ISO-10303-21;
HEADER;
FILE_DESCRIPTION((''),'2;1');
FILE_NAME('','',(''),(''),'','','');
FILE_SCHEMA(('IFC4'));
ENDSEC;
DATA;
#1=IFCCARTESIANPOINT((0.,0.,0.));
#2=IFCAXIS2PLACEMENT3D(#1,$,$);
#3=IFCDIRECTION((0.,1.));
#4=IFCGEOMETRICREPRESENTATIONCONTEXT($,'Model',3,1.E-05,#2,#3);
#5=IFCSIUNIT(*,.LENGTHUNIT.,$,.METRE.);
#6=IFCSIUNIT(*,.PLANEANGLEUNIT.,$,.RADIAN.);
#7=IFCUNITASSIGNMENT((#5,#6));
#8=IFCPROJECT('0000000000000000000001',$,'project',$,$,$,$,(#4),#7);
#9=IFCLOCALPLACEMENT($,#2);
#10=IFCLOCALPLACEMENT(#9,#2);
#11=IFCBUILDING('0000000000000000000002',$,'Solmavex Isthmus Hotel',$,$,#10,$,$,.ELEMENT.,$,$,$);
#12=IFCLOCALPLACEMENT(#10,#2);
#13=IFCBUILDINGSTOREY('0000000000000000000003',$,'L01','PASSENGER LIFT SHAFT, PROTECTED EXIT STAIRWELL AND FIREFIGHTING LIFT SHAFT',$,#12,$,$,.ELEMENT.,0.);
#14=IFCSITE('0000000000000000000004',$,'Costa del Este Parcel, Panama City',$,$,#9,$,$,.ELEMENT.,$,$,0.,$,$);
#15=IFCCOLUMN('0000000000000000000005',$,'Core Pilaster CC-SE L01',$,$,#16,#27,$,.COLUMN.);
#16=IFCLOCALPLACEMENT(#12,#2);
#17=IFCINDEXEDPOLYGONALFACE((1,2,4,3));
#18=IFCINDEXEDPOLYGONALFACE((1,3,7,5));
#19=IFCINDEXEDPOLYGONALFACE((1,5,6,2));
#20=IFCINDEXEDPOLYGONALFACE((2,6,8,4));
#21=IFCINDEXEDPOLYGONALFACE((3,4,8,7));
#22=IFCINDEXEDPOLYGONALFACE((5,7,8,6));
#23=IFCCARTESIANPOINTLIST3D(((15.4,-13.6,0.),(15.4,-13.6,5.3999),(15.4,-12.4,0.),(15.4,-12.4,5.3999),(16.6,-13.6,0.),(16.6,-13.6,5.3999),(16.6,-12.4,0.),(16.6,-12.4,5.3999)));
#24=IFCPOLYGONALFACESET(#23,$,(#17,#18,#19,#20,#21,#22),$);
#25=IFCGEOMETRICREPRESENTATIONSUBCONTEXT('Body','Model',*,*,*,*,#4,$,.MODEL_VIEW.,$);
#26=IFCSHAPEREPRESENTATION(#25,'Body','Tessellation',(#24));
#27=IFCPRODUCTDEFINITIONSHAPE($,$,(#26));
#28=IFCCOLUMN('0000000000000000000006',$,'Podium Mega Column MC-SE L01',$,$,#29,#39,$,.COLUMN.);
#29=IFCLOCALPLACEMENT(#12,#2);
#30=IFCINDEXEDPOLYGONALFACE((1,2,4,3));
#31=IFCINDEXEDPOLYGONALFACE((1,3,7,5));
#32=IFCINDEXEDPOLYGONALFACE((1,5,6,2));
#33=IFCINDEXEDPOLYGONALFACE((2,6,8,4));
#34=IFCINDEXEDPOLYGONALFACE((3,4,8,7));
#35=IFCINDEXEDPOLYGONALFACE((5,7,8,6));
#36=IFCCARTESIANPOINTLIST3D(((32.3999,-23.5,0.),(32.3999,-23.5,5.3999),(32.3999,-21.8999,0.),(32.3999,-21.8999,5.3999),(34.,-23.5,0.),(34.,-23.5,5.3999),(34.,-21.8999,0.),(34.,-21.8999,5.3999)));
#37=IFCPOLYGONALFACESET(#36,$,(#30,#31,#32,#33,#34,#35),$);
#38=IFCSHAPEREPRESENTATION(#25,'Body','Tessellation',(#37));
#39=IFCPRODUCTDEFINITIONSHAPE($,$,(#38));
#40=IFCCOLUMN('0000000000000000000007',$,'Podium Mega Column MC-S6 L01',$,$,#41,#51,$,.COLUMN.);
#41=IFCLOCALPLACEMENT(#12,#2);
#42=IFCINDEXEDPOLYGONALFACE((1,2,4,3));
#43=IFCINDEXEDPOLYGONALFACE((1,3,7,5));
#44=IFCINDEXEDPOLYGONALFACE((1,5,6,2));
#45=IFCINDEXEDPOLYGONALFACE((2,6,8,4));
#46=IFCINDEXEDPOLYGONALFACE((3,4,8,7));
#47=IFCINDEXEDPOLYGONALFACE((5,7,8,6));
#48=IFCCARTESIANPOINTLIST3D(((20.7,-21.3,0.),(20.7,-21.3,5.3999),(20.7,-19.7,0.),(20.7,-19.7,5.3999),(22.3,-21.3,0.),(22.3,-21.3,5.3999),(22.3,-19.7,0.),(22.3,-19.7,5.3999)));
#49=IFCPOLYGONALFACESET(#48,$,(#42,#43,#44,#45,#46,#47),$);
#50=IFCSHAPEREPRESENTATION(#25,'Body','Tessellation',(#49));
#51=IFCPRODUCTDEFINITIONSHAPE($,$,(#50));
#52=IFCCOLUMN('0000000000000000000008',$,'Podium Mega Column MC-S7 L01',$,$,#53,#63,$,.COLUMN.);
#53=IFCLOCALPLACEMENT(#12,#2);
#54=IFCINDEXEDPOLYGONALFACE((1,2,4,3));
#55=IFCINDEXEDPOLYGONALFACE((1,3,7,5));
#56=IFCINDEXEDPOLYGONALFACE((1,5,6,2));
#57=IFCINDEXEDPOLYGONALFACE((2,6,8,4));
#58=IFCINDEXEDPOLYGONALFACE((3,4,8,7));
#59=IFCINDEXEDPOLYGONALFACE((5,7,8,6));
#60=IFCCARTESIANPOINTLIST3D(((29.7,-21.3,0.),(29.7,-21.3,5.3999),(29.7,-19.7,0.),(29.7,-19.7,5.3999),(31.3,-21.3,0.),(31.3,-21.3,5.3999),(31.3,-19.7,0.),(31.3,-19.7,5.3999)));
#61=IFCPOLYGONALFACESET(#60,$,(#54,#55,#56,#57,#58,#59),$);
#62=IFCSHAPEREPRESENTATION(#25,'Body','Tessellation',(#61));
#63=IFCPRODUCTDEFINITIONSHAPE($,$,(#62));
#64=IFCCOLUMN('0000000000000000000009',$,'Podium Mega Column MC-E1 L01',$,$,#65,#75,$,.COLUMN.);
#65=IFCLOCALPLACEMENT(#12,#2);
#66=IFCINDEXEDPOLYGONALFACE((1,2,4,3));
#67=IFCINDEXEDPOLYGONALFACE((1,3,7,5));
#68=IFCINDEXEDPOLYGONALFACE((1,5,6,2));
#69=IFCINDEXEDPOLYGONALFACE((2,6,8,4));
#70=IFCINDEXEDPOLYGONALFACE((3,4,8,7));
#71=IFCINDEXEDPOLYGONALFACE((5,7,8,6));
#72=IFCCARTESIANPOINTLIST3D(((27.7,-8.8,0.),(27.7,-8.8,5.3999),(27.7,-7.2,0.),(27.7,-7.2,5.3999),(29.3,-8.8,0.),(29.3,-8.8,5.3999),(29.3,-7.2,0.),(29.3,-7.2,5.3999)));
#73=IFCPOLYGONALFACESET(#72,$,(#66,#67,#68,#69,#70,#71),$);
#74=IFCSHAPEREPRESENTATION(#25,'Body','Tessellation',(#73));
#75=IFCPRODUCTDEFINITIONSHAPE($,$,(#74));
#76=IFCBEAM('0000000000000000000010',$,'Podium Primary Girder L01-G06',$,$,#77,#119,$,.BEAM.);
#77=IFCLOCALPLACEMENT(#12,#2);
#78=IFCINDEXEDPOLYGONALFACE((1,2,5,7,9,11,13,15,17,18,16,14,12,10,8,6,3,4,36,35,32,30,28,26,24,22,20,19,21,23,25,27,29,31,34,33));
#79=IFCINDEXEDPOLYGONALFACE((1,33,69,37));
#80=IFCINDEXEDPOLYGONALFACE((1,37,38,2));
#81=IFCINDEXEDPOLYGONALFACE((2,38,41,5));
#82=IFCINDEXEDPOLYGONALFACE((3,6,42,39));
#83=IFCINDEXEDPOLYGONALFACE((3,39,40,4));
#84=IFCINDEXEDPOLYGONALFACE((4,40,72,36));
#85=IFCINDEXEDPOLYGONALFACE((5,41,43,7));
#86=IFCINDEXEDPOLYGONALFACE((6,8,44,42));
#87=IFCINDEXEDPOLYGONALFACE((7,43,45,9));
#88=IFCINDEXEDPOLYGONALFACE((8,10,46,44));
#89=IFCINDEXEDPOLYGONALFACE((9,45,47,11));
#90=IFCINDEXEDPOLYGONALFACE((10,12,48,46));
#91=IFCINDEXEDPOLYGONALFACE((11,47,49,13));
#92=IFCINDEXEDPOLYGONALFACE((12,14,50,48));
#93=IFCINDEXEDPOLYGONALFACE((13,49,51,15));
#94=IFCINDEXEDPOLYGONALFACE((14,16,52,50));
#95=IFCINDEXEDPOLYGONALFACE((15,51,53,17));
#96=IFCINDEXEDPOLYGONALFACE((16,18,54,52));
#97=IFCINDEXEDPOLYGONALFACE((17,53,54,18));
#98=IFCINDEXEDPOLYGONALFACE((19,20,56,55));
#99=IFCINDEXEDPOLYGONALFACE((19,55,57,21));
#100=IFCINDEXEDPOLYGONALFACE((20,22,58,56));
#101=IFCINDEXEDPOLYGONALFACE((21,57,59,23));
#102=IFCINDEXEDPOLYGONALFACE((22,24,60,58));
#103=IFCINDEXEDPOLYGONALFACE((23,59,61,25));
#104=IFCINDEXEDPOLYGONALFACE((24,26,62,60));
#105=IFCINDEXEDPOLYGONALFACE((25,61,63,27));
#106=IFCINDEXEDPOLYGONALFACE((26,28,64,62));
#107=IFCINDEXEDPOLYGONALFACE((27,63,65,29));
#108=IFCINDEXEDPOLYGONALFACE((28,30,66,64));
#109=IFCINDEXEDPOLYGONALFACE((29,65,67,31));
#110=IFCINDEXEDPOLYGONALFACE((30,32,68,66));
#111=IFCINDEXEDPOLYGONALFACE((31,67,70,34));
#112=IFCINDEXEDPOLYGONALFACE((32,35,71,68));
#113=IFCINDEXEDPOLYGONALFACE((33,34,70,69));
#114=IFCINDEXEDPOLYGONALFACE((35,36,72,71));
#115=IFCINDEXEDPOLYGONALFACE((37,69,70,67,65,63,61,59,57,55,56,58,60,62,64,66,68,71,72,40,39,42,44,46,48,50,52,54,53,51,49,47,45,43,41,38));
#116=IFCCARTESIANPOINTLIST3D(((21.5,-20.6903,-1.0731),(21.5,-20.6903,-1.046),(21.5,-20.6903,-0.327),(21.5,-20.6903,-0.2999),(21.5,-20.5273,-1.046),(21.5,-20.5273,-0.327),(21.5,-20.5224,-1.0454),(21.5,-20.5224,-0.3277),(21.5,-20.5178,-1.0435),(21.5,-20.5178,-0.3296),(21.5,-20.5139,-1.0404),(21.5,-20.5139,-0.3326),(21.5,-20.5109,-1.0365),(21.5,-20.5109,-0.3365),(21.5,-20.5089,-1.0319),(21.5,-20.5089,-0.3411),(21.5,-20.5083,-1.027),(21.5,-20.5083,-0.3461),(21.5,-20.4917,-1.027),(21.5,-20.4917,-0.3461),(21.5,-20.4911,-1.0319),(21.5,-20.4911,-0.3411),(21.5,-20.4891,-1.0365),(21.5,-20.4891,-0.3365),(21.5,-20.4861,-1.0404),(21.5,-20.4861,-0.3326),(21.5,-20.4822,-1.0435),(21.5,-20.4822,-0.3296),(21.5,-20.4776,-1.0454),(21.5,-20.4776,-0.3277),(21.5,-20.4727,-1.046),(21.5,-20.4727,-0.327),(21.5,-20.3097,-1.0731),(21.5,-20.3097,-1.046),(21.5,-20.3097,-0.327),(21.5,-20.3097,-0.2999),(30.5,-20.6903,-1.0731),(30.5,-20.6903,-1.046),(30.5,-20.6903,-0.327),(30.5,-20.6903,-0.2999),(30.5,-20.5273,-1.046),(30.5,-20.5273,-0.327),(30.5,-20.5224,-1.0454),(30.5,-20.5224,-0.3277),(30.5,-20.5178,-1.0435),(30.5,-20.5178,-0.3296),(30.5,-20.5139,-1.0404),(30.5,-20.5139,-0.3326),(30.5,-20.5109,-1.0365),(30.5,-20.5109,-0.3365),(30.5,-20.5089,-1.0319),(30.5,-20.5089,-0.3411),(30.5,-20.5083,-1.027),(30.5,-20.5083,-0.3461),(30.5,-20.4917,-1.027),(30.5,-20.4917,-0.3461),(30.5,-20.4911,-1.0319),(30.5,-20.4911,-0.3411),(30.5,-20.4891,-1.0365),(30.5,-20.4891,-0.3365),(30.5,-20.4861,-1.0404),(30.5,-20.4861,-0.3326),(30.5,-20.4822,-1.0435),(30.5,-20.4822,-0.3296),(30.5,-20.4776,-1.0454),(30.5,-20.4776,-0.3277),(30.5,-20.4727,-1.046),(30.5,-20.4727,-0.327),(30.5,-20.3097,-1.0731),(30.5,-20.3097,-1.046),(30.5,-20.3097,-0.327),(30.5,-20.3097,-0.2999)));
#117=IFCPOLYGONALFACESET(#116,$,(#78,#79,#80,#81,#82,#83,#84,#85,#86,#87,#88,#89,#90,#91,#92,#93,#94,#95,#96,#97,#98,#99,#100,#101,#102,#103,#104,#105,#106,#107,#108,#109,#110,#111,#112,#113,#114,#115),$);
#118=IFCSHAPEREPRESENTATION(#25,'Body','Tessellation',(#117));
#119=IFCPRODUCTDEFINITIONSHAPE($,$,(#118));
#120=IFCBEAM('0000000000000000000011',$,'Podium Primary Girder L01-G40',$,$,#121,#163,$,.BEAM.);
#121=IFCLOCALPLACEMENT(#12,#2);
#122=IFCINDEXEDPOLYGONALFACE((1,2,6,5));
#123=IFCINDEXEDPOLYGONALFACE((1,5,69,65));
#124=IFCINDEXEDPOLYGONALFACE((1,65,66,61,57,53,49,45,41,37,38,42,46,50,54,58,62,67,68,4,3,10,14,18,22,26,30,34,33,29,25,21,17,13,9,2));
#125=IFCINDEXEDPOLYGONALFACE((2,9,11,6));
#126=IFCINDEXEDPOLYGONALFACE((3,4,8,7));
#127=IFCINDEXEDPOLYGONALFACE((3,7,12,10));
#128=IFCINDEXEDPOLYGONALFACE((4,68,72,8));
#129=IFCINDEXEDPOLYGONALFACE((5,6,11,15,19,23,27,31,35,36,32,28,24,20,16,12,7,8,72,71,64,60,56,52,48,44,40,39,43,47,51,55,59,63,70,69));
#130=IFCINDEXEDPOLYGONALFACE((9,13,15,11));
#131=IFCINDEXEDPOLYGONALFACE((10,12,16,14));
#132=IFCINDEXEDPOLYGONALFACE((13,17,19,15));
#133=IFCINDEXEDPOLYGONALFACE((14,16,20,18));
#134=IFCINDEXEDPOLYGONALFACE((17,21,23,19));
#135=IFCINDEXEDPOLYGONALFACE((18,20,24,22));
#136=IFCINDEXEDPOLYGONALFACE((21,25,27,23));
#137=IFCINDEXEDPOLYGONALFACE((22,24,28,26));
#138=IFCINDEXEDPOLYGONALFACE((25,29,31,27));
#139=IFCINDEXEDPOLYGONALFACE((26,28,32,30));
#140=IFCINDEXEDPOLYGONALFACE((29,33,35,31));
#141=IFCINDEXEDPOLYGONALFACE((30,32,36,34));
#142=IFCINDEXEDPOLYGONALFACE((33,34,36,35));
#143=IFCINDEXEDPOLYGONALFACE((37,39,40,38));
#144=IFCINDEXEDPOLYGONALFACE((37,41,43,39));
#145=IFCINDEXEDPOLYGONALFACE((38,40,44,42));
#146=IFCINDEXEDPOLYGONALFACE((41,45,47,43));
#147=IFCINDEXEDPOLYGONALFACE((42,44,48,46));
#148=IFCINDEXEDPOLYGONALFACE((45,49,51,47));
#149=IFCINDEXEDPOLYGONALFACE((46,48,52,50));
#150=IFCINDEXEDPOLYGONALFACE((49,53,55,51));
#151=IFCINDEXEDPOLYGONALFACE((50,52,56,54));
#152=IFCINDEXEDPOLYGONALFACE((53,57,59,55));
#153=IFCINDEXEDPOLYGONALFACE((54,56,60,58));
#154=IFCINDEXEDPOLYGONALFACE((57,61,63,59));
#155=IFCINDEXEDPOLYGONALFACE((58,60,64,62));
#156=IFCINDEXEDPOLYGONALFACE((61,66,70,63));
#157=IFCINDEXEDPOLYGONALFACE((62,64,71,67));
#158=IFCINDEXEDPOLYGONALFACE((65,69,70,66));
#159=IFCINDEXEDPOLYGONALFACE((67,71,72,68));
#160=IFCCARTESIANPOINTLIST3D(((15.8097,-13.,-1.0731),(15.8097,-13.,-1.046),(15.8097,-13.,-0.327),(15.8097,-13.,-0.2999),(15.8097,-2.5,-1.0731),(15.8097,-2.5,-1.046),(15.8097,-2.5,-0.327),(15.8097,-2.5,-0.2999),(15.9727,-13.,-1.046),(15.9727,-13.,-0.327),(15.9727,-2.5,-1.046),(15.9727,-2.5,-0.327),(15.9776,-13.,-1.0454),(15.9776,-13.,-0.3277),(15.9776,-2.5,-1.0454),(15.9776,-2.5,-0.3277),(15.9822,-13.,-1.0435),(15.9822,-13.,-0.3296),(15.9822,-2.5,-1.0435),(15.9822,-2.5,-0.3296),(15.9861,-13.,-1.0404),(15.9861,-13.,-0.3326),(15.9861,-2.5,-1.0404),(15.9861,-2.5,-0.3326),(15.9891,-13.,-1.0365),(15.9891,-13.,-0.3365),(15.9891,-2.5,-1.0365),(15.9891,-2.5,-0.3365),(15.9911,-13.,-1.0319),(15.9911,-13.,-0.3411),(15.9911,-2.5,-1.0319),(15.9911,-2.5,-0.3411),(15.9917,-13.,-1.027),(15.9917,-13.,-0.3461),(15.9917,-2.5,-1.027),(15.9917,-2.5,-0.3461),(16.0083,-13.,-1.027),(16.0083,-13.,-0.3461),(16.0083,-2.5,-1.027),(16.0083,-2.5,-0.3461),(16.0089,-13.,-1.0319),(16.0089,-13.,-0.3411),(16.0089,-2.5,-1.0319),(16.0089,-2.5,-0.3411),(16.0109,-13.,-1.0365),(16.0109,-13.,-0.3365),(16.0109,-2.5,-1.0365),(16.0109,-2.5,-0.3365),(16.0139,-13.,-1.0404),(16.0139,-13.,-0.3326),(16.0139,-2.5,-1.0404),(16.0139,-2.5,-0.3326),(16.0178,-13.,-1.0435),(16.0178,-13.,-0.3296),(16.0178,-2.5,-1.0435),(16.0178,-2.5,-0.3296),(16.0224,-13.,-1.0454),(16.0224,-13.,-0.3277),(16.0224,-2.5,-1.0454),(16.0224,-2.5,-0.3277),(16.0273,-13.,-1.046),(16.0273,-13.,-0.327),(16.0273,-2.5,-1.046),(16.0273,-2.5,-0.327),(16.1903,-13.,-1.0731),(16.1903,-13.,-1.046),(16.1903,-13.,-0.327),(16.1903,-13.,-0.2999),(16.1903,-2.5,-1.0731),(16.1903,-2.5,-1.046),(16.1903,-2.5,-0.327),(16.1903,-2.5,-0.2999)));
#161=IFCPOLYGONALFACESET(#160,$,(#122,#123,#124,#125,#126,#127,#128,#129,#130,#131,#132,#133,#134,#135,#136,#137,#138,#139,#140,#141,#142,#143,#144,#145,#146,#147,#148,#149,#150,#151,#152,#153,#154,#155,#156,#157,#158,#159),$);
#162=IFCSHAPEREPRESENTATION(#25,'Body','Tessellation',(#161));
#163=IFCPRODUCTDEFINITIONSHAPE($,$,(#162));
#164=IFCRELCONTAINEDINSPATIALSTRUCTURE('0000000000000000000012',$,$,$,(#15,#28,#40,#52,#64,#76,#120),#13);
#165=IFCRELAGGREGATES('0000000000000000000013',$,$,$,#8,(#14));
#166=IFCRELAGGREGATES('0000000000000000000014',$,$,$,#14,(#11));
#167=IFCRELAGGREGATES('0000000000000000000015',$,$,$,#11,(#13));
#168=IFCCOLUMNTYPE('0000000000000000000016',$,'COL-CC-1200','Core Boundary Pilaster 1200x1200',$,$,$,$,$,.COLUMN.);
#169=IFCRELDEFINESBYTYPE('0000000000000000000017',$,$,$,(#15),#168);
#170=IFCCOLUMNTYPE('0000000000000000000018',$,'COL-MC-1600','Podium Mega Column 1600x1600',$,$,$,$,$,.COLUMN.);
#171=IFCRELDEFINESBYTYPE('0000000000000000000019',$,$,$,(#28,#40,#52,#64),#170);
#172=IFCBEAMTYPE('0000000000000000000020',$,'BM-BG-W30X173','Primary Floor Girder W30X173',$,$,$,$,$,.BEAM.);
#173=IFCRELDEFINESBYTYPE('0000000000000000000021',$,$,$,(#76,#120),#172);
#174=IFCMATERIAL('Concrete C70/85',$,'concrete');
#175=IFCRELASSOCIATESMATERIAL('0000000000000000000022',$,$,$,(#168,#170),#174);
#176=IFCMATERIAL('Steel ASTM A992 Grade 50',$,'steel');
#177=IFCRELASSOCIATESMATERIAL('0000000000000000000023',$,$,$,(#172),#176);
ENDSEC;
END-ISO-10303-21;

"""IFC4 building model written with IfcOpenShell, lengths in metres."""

from ifc_helpers import new_model, si_unit, direction, frame, origin, origin_2d, place, context, subcontext, project, spatial, rectangle, i_section, extrude, material, material_profile, profile_set, type_object, element, save


model = new_model("IFC4")

# Units and contexts
model_context = context("Model", 3, precision=1e-05, world=origin(), true_north=direction((0.0, 1.0)))
body_context = subcontext(model_context, "Body", "Model", "MODEL_VIEW")
ifc_project = project(units=[si_unit("LENGTHUNIT", "METRE"), si_unit("PLANEANGLEUNIT", "RADIAN")], contexts=[model_context])

# Site, building, storey
site_placement = place(None, origin())
site = spatial("IfcSite", under=ifc_project, at=site_placement, Name="Costa del Este Parcel, Panama City", CompositionType="ELEMENT", RefElevation=0.0)
building_placement = place(site_placement, origin())
building = spatial("IfcBuilding", under=site, at=building_placement, Name="Solmavex Isthmus Hotel", CompositionType="ELEMENT")
storey_placement = place(building_placement, origin())
storey = spatial("IfcBuildingStorey", under=building, at=storey_placement, Name="L01", Description="PASSENGER LIFT SHAFT, PROTECTED EXIT STAIRWELL AND FIREFIGHTING LIFT SHAFT", CompositionType="ELEMENT", Elevation=0.0)

# Columns
ifc_material_1 = material(Name="Concrete C70/85", Category="concrete")
ifc_material_profile_1 = material_profile(ifc_material_1, rectangle(XDim=1.2, YDim=1.2, at=origin_2d()), Name="RC1200X1200")
ifc_profile_set_1 = profile_set([ifc_material_profile_1], Name="Concrete C70/85")
column_type_1 = type_object("IfcColumnType", Name="COL-CC-1200", Description="Core Boundary Pilaster 1200x1200", PredefinedType="COLUMN", material=ifc_profile_set_1)
column_placement = place(storey_placement, frame((16.0, -13.0, 0.0), z_axis=(0.0, 0.0, 1.0), x_axis=(1.0, 0.0, 0.0)))
element("IfcColumn", 1, at=column_placement, inside=storey, type_object=column_type_1, Name="Core Pilaster CC-SE L01", PredefinedType="COLUMN", context=body_context, shape_type="SweptSolid", body=[
    extrude(rectangle(XDim=1.2, YDim=1.2, at=origin_2d()), origin(), (0.0, 0.0, 1.0), 5.3999),
])
ifc_material_profile_2 = material_profile(ifc_material_1, rectangle(XDim=1.6001, YDim=1.6001, at=origin_2d()), Name="RC1600X1600")
ifc_profile_set_2 = profile_set([ifc_material_profile_2], Name="Concrete C70/85")
column_type_2 = type_object("IfcColumnType", Name="COL-MC-1600", Description="Podium Mega Column 1600x1600", PredefinedType="COLUMN", material=ifc_profile_set_2)
for number, where, z_axis, x_axis, name in (
    (2, (33.2, -22.7, 0.0), (0.0, 0.0, 1.0), (1.0, 0.0, 0.0), "Podium Mega Column MC-SE L01"),
    (3, (21.5, -20.5, 0.0), (0.0, 0.0, 1.0), (1.0, 0.0, 0.0), "Podium Mega Column MC-S6 L01"),
    (4, (30.5, -20.5, 0.0), (0.0, 0.0, 1.0), (1.0, 0.0, 0.0), "Podium Mega Column MC-S7 L01"),
    (5, (28.5, -8.0, 0.0), (0.0, 0.0, 1.0), (1.0, 0.0, 0.0), "Podium Mega Column MC-E1 L01"),
):
    element("IfcColumn", number, at=place(storey_placement, frame(where, z_axis=z_axis, x_axis=x_axis)), inside=storey, type_object=column_type_2, Name=name, PredefinedType="COLUMN", context=body_context, shape_type="SweptSolid", body=[
        extrude(rectangle(XDim=1.6001, YDim=1.6001, at=origin_2d()), origin(), (0.0, 0.0, 1.0), 5.3999),
    ])

# Beams
ifc_material_2 = material(Name="Steel ASTM A992 Grade 50", Category="steel")
ifc_material_profile_3 = material_profile(ifc_material_2, i_section(OverallWidth=0.3806, OverallDepth=0.7732, WebThickness=0.0166, FlangeThickness=0.0271, FilletRadius=0.019, at=origin_2d()), Name="W30X173")
ifc_profile_set_3 = profile_set([ifc_material_profile_3], Name="Steel ASTM A992 Grade 50")
beam_type_1 = type_object("IfcBeamType", Name="BM-BG-W30X173", Description="Primary Floor Girder W30X173", PredefinedType="BEAM", material=ifc_profile_set_3)
beam_1_placement = place(storey_placement, frame((21.5, -20.5, -0.6865), z_axis=(1.0, 0.0, 0.0), x_axis=(0.0, 1.0, 0.0)))
element("IfcBeam", 6, at=beam_1_placement, inside=storey, type_object=beam_type_1, Name="Podium Primary Girder L01-G06", PredefinedType="BEAM", context=body_context, shape_type="SweptSolid", body=[
    extrude(i_section(OverallWidth=0.3806, OverallDepth=0.7732, WebThickness=0.0166, FlangeThickness=0.0271, FilletRadius=0.019, at=origin_2d()), origin(), (0.0, 0.0, 1.0), 9.0),
])
beam_2_placement = place(storey_placement, frame((16.0, -13.0, -0.6865), z_axis=(0.0, 1.0, 0.0), x_axis=(-1.0, 0.0, 0.0)))
element("IfcBeam", 7, at=beam_2_placement, inside=storey, type_object=beam_type_1, Name="Podium Primary Girder L01-G40", PredefinedType="BEAM", context=body_context, shape_type="SweptSolid", body=[
    extrude(i_section(OverallWidth=0.3806, OverallDepth=0.7732, WebThickness=0.0166, FlangeThickness=0.0271, FilletRadius=0.019, at=origin_2d()), origin(), (0.0, 0.0, 1.0), 10.5),
])

save(model, "model.ifc")
